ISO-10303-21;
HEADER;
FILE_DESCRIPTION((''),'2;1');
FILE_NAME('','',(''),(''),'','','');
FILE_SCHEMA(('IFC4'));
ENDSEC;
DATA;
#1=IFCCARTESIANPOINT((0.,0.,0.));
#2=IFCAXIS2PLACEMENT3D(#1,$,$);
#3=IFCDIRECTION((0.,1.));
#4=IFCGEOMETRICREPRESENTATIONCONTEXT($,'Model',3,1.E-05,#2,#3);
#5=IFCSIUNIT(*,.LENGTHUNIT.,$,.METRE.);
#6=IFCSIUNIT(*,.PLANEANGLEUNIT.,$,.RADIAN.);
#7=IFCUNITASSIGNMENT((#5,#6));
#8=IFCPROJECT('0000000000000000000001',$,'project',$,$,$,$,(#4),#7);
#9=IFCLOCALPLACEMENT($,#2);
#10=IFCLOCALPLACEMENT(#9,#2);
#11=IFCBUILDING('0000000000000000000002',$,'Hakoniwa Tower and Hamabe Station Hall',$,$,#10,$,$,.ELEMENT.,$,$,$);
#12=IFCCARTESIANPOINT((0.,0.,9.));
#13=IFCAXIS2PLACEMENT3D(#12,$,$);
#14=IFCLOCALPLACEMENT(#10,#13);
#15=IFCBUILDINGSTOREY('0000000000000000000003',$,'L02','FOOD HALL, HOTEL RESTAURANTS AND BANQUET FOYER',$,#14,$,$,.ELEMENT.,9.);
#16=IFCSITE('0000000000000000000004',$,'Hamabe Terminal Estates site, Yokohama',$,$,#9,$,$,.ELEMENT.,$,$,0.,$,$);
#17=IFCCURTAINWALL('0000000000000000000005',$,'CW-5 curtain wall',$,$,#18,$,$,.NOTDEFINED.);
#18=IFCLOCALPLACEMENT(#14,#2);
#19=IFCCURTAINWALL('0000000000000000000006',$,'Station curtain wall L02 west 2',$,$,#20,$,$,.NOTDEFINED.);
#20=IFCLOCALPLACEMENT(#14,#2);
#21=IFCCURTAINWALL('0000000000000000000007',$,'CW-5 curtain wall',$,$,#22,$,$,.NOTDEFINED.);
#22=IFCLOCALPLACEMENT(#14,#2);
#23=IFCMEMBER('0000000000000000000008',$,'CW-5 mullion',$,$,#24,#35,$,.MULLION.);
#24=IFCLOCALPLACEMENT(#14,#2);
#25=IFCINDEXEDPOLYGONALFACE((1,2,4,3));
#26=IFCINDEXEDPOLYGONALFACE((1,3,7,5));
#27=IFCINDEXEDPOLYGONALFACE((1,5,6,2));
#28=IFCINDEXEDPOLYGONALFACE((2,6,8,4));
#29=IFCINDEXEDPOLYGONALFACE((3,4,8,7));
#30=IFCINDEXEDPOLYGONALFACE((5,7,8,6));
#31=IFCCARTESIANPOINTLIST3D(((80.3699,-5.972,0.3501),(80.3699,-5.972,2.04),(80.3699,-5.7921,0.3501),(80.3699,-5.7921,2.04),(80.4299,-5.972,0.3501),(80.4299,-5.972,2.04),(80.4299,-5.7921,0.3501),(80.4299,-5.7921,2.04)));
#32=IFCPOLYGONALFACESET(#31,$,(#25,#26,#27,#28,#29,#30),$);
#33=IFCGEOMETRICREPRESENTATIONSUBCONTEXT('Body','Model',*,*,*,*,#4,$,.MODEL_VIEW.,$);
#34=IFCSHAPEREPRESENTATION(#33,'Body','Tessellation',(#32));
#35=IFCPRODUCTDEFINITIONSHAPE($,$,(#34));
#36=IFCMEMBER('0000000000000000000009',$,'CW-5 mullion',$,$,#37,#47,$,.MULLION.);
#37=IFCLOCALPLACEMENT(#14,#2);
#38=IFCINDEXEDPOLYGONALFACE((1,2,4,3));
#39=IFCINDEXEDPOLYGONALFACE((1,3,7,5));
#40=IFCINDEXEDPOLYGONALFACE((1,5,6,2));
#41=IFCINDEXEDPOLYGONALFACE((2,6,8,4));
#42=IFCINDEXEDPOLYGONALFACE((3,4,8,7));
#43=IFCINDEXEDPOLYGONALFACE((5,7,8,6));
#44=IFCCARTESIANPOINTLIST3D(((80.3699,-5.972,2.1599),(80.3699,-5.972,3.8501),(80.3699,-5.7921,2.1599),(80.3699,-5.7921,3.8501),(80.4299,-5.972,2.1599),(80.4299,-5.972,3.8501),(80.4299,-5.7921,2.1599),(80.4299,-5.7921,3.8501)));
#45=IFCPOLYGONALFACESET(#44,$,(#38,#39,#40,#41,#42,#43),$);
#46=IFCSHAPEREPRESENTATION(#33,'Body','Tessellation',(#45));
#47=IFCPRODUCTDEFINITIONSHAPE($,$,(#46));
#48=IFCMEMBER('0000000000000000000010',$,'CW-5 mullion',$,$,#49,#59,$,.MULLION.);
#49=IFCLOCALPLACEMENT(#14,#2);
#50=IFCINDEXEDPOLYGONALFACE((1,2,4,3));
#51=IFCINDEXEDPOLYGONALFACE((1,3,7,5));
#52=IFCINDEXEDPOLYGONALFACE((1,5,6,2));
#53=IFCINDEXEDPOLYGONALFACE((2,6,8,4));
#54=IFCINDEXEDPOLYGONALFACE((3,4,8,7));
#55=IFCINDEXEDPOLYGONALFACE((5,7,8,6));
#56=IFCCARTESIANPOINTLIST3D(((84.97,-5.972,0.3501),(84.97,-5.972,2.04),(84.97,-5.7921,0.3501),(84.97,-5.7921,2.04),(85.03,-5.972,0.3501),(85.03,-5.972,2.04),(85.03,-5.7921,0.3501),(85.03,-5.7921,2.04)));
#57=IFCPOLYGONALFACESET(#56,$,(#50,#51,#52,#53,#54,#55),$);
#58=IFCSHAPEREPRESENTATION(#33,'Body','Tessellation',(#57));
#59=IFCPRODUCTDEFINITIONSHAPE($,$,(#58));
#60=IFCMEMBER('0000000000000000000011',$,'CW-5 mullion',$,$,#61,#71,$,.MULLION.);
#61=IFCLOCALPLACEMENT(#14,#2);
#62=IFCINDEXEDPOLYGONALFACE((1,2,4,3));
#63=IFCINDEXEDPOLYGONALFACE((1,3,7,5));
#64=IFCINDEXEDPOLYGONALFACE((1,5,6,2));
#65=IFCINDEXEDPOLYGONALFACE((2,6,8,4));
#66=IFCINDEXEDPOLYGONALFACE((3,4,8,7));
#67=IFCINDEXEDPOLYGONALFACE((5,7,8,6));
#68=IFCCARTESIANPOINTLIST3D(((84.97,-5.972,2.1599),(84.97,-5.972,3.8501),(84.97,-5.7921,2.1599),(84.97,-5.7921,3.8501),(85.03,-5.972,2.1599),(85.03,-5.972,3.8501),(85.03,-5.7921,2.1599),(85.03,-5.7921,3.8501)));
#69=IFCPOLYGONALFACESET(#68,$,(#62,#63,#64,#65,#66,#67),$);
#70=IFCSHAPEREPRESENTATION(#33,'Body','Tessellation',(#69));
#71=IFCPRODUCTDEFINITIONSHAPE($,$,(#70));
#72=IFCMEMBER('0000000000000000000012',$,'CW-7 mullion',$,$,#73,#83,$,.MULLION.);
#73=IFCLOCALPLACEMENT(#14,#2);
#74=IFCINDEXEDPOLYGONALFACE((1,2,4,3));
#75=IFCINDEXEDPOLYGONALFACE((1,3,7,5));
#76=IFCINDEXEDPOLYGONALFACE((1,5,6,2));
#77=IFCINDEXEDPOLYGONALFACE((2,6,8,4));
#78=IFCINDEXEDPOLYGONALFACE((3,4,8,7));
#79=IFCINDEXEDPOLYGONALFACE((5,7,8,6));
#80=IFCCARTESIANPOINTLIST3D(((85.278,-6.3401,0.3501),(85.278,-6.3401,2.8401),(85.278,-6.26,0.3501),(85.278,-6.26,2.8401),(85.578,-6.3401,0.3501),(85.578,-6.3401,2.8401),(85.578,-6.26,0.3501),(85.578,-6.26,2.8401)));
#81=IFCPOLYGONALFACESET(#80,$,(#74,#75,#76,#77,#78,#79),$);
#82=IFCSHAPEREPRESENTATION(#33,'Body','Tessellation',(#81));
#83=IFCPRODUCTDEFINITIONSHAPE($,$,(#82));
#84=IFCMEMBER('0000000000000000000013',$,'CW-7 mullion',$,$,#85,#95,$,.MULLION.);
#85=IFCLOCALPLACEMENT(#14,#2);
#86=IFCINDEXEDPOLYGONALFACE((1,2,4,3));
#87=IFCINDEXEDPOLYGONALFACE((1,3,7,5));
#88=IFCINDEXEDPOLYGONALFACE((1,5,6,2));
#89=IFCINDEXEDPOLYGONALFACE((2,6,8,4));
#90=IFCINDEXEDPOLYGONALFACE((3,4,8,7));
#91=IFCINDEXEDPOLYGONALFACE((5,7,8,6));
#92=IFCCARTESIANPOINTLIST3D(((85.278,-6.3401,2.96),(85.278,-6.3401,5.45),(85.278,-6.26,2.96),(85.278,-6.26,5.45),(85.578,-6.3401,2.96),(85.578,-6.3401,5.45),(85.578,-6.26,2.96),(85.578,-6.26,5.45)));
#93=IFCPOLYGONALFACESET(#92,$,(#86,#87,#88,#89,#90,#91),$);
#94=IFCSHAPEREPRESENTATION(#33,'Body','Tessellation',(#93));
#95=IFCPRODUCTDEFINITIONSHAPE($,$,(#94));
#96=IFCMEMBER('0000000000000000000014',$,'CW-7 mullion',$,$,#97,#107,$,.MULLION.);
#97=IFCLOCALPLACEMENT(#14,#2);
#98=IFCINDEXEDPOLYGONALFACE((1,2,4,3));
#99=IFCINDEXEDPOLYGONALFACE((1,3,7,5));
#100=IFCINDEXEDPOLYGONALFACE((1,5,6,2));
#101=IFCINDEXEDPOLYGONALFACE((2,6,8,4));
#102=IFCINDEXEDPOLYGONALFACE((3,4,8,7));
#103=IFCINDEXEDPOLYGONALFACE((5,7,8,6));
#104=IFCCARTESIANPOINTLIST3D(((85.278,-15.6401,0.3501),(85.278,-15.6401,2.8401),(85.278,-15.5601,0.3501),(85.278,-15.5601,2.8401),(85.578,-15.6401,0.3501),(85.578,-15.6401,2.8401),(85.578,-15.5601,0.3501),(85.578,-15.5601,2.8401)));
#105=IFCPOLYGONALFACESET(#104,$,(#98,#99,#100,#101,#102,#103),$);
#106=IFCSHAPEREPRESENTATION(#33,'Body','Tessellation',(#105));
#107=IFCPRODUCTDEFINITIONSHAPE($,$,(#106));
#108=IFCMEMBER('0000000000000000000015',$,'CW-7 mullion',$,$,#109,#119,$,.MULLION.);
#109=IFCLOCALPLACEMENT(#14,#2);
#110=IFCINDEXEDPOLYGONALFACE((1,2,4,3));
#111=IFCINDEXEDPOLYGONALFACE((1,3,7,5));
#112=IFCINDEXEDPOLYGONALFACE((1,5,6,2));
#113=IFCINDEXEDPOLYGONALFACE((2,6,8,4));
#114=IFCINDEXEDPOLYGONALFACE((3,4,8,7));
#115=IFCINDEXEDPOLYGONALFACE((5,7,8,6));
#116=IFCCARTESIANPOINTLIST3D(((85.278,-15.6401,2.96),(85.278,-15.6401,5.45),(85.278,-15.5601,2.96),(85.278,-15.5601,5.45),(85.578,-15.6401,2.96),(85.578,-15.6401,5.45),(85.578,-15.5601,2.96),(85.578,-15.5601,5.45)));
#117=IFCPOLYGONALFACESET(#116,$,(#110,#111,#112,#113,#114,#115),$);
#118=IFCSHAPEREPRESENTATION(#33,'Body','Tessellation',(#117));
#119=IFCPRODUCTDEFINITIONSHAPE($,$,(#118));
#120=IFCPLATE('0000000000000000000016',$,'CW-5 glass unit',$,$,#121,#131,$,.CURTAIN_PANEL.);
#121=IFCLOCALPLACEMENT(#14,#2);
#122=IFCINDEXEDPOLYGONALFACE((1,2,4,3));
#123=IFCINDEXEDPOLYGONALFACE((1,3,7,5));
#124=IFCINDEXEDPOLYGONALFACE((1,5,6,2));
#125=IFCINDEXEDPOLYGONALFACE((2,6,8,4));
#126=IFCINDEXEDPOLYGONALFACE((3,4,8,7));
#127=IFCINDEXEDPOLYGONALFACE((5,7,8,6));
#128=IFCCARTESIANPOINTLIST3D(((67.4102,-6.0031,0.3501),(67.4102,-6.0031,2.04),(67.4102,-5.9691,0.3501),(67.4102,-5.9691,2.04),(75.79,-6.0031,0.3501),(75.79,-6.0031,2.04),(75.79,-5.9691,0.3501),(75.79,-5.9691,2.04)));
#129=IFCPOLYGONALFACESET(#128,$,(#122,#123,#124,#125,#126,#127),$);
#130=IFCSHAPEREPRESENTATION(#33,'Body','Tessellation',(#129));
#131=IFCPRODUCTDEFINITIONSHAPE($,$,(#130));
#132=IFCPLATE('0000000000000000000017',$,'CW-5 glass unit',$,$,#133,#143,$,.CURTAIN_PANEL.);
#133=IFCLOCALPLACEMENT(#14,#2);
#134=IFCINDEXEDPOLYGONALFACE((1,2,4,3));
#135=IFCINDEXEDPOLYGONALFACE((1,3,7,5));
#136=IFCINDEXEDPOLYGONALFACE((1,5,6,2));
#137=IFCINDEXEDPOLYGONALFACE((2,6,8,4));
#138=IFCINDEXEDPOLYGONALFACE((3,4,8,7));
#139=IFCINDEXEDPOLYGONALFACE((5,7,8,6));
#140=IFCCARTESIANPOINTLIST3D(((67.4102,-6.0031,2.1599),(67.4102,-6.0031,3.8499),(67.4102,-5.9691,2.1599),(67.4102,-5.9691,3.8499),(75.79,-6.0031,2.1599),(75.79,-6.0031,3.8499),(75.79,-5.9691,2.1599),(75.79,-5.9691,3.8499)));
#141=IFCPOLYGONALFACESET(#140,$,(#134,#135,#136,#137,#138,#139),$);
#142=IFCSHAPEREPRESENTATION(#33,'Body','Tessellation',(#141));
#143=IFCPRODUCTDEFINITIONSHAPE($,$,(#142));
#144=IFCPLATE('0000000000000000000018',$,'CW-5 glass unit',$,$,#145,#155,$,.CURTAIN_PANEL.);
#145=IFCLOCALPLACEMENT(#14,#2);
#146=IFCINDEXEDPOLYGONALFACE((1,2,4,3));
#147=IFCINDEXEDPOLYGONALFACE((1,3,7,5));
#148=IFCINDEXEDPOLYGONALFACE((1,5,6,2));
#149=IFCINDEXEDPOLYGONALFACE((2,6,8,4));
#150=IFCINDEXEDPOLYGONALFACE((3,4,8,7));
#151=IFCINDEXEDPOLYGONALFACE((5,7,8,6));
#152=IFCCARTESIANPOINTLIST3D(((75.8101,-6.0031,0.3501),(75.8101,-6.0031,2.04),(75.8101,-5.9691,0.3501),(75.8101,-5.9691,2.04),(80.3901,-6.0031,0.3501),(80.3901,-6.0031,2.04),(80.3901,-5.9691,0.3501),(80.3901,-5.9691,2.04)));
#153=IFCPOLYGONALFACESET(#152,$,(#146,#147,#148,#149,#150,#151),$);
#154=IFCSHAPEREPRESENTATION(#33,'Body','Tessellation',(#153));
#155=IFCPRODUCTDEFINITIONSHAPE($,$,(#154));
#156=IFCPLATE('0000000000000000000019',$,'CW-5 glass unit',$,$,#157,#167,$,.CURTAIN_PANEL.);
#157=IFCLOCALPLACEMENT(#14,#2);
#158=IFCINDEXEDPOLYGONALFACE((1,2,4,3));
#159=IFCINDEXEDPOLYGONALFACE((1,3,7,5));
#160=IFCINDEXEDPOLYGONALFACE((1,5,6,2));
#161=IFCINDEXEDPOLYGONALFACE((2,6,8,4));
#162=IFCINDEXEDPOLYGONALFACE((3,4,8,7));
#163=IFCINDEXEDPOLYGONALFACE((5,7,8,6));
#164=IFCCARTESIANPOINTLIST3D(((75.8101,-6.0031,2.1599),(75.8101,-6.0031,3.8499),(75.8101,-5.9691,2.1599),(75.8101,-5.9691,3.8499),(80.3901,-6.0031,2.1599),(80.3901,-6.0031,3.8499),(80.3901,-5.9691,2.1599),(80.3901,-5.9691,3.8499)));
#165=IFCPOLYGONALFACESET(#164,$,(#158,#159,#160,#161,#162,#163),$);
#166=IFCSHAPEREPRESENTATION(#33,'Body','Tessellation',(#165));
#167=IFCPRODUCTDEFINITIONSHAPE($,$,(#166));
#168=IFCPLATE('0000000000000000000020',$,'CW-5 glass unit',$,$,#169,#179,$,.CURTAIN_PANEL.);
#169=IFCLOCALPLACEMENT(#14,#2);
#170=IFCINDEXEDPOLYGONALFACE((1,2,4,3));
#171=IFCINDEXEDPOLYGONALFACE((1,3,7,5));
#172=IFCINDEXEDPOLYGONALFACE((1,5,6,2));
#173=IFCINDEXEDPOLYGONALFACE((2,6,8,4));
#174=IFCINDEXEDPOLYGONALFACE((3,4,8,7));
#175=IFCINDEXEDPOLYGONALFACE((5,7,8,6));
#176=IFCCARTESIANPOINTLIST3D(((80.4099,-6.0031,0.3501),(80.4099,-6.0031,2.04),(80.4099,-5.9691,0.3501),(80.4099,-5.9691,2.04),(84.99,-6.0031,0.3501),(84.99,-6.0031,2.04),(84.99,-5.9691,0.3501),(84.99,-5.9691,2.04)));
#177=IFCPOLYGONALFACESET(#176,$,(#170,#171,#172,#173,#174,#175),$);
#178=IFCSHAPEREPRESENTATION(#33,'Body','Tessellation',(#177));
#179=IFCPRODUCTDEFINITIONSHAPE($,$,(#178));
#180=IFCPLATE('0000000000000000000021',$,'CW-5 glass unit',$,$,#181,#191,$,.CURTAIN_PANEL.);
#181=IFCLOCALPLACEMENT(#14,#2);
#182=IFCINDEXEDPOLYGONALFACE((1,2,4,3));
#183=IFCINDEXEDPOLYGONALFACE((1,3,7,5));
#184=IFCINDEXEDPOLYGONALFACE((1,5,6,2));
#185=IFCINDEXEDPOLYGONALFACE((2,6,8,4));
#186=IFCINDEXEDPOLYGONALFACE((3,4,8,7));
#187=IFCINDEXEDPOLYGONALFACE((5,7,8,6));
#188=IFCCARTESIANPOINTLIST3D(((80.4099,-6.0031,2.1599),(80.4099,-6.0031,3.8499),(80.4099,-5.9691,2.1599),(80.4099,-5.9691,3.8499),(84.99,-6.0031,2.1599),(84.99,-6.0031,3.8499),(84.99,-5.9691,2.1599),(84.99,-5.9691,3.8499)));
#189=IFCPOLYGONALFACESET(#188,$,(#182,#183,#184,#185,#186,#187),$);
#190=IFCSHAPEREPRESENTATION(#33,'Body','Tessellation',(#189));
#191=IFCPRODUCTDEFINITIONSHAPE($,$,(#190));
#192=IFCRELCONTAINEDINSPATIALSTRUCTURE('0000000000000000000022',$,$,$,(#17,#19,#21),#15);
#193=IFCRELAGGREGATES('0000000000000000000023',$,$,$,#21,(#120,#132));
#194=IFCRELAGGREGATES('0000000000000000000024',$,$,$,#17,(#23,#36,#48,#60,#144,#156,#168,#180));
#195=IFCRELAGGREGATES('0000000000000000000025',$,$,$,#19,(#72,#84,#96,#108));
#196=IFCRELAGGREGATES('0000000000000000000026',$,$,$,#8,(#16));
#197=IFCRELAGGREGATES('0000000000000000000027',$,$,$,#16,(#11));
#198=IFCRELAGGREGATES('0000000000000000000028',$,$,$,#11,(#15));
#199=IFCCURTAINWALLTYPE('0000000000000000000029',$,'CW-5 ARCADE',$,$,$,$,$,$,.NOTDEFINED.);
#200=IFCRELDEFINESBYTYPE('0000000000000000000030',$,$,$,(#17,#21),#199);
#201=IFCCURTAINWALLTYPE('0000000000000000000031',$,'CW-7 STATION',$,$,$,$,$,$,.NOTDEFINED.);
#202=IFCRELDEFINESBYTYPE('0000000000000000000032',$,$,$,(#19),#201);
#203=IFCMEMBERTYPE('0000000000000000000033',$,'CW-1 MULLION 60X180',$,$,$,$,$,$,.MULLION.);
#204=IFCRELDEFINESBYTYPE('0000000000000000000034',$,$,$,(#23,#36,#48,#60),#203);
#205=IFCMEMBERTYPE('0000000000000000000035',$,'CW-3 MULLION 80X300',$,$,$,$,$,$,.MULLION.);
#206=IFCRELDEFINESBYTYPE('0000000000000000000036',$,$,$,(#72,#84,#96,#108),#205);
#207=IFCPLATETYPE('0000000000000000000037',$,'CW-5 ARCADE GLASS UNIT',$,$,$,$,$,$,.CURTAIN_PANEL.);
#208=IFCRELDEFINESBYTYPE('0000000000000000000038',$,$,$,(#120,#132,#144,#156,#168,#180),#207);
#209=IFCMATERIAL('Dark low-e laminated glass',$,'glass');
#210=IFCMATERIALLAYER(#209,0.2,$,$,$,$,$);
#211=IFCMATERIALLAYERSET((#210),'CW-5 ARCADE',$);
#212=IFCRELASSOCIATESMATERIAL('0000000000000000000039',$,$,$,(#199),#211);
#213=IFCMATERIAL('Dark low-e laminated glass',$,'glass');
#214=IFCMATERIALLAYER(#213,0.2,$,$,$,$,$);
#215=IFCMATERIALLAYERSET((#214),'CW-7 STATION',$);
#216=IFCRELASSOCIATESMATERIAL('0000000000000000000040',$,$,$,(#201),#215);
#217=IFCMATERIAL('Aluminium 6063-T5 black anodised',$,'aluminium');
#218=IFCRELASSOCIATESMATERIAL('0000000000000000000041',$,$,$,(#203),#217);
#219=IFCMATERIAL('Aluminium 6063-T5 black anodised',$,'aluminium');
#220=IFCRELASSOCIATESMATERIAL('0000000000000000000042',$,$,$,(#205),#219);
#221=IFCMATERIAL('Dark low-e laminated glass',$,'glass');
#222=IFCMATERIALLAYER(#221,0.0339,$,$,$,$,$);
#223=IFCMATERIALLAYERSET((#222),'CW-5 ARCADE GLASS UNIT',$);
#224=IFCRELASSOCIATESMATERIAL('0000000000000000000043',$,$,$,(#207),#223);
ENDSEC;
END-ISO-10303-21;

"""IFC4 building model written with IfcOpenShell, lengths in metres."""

from ifc_helpers import new_model, si_unit, direction, frame, origin, origin_2d, place, context, subcontext, project, spatial, rectangle, extrude, material, layer, layer_set, material_profile, profile_set, type_object, element, aggregate, save


model = new_model("IFC4")

# Units and contexts
model_context = context("Model", 3, precision=1e-05, world=origin(), true_north=direction((0.0, 1.0)))
body_context = subcontext(model_context, "Body", "Model", "MODEL_VIEW")
ifc_project = project(units=[si_unit("LENGTHUNIT", "METRE"), si_unit("PLANEANGLEUNIT", "RADIAN")], contexts=[model_context])

# Site, building, storey
site_placement = place(None, origin())
site = spatial("IfcSite", under=ifc_project, at=site_placement, Name="Hamabe Terminal Estates site, Yokohama", CompositionType="ELEMENT", RefElevation=0.0)
building_placement = place(site_placement, origin())
building = spatial("IfcBuilding", under=site, at=building_placement, Name="Hakoniwa Tower and Hamabe Station Hall", CompositionType="ELEMENT")
storey_placement = place(building_placement, frame((0.0, 0.0, 9.0)))
storey = spatial("IfcBuildingStorey", under=building, at=storey_placement, Name="L02", Description="FOOD HALL, HOTEL RESTAURANTS AND BANQUET FOYER", CompositionType="ELEMENT", Elevation=9.0)

# Curtain wall
ifc_material_1 = material(Name="Dark low-e laminated glass", Category="glass")
ifc_layer_1 = layer(ifc_material_1, 0.2)
ifc_layer_set_1 = layer_set([ifc_layer_1], Name="CW-5 ARCADE")
curtain_wall_type_1 = type_object("IfcCurtainWallType", Name="CW-5 ARCADE", PredefinedType="NOTDEFINED", material=ifc_layer_set_1)
curtain_wall_1_placement = place(storey_placement, origin())
curtain_wall_1 = element("IfcCurtainWall", 1, at=curtain_wall_1_placement, inside=storey, type_object=curtain_wall_type_1, Name="CW-5 curtain wall", PredefinedType="NOTDEFINED")

# Curtain wall
ifc_material_2 = material(Name="Dark low-e laminated glass", Category="glass")
ifc_layer_2 = layer(ifc_material_2, 0.2)
ifc_layer_set_2 = layer_set([ifc_layer_2], Name="CW-7 STATION")
curtain_wall_type_2 = type_object("IfcCurtainWallType", Name="CW-7 STATION", PredefinedType="NOTDEFINED", material=ifc_layer_set_2)
curtain_wall_2_placement = place(storey_placement, origin())
curtain_wall_2 = element("IfcCurtainWall", 2, at=curtain_wall_2_placement, inside=storey, type_object=curtain_wall_type_2, Name="Station curtain wall L02 west 2", PredefinedType="NOTDEFINED")

# Curtain wall
curtain_wall_3_placement = place(storey_placement, origin())
curtain_wall_3 = element("IfcCurtainWall", 3, at=curtain_wall_3_placement, inside=storey, type_object=curtain_wall_type_1, Name="CW-5 curtain wall", PredefinedType="NOTDEFINED")
ifc_material_3 = material(Name="Aluminium 6063-T5 black anodised", Category="aluminium")
ifc_material_profile_1 = material_profile(ifc_material_3, rectangle(XDim=0.0601, YDim=0.1799, at=origin_2d()), Name="CW-1 MULLION 60X180")
ifc_profile_set_1 = profile_set([ifc_material_profile_1], Name="Aluminium 6063-T5 black anodised")
member_type_1 = type_object("IfcMemberType", Name="CW-1 MULLION 60X180", PredefinedType="MULLION", material=ifc_profile_set_1)

# Members
member_1_placement = place(storey_placement, frame((80.3999, -5.8821, 0.3501), z_axis=(0.0, 0.0, 1.0), x_axis=(1.0, 0.0, 0.0)))
member_1 = element("IfcMember", 4, at=member_1_placement, type_object=member_type_1, Name="CW-5 mullion", PredefinedType="MULLION", context=body_context, shape_type="SweptSolid", body=[
    extrude(rectangle(XDim=0.0601, YDim=0.1799, at=origin_2d()), origin(), (0.0, 0.0, 1.0), 1.6899),
])
member_2_placement = place(storey_placement, frame((80.3999, -5.8821, 2.1599), z_axis=(0.0, 0.0, 1.0), x_axis=(1.0, 0.0, 0.0)))
member_2 = element("IfcMember", 5, at=member_2_placement, type_object=member_type_1, Name="CW-5 mullion", PredefinedType="MULLION", context=body_context, shape_type="SweptSolid", body=[
    extrude(rectangle(XDim=0.0601, YDim=0.1799, at=origin_2d()), origin(), (0.0, 0.0, 1.0), 1.6902),
])
member_3_placement = place(storey_placement, frame((85.0, -5.8821, 0.3501), z_axis=(0.0, 0.0, 1.0), x_axis=(1.0, 0.0, 0.0)))
member_3 = element("IfcMember", 6, at=member_3_placement, type_object=member_type_1, Name="CW-5 mullion", PredefinedType="MULLION", context=body_context, shape_type="SweptSolid", body=[
    extrude(rectangle(XDim=0.0601, YDim=0.1799, at=origin_2d()), origin(), (0.0, 0.0, 1.0), 1.6899),
])
member_4_placement = place(storey_placement, frame((85.0, -5.8821, 2.1599), z_axis=(0.0, 0.0, 1.0), x_axis=(1.0, 0.0, 0.0)))
member_4 = element("IfcMember", 7, at=member_4_placement, type_object=member_type_1, Name="CW-5 mullion", PredefinedType="MULLION", context=body_context, shape_type="SweptSolid", body=[
    extrude(rectangle(XDim=0.0601, YDim=0.1799, at=origin_2d()), origin(), (0.0, 0.0, 1.0), 1.6902),
])
ifc_material_4 = material(Name="Aluminium 6063-T5 black anodised", Category="aluminium")
ifc_material_profile_2 = material_profile(ifc_material_4, rectangle(XDim=0.0801, YDim=0.3, at=origin_2d()), Name="CW-3 MULLION 80X300")
ifc_profile_set_2 = profile_set([ifc_material_profile_2], Name="Aluminium 6063-T5 black anodised")
member_type_2 = type_object("IfcMemberType", Name="CW-3 MULLION 80X300", PredefinedType="MULLION", material=ifc_profile_set_2)
member_5_placement = place(storey_placement, frame((85.428, -6.3, 0.3501), z_axis=(0.0, 0.0, 1.0), x_axis=(0.0, -1.0, 0.0)))
member_5 = element("IfcMember", 8, at=member_5_placement, type_object=member_type_2, Name="CW-7 mullion", PredefinedType="MULLION", context=body_context, shape_type="SweptSolid", body=[
    extrude(rectangle(XDim=0.0801, YDim=0.3, at=origin_2d()), origin(), (0.0, 0.0, 1.0), 2.49),
])
member_6_placement = place(storey_placement, frame((85.428, -6.3, 2.96), z_axis=(0.0, 0.0, 1.0), x_axis=(0.0, -1.0, 0.0)))
member_6 = element("IfcMember", 9, at=member_6_placement, type_object=member_type_2, Name="CW-7 mullion", PredefinedType="MULLION", context=body_context, shape_type="SweptSolid", body=[
    extrude(rectangle(XDim=0.0801, YDim=0.3, at=origin_2d()), origin(), (0.0, 0.0, 1.0), 2.49),
])
member_7_placement = place(storey_placement, frame((85.428, -15.6001, 0.3501), z_axis=(0.0, 0.0, 1.0), x_axis=(0.0, -1.0, 0.0)))
member_7 = element("IfcMember", 10, at=member_7_placement, type_object=member_type_2, Name="CW-7 mullion", PredefinedType="MULLION", context=body_context, shape_type="SweptSolid", body=[
    extrude(rectangle(XDim=0.0801, YDim=0.3, at=origin_2d()), origin(), (0.0, 0.0, 1.0), 2.49),
])
member_8_placement = place(storey_placement, frame((85.428, -15.6001, 2.96), z_axis=(0.0, 0.0, 1.0), x_axis=(0.0, -1.0, 0.0)))
member_8 = element("IfcMember", 11, at=member_8_placement, type_object=member_type_2, Name="CW-7 mullion", PredefinedType="MULLION", context=body_context, shape_type="SweptSolid", body=[
    extrude(rectangle(XDim=0.0801, YDim=0.3, at=origin_2d()), origin(), (0.0, 0.0, 1.0), 2.49),
])

# Plates
ifc_material_5 = material(Name="Dark low-e laminated glass", Category="glass")
ifc_layer_3 = layer(ifc_material_5, 0.0339)
ifc_layer_set_3 = layer_set([ifc_layer_3], Name="CW-5 ARCADE GLASS UNIT")
plate_type_1 = type_object("IfcPlateType", Name="CW-5 ARCADE GLASS UNIT", PredefinedType="CURTAIN_PANEL", material=ifc_layer_set_3)
plate_1_placement = place(storey_placement, frame((71.6001, -5.9861, 0.3501), z_axis=(0.0, 0.0, 1.0), x_axis=(1.0, 0.0, 0.0)))
plate_1 = element("IfcPlate", 12, at=plate_1_placement, type_object=plate_type_1, Name="CW-5 glass unit", PredefinedType="CURTAIN_PANEL", context=body_context, shape_type="SweptSolid", body=[
    extrude(rectangle(XDim=8.3799, YDim=0.0339, at=origin_2d()), origin(), (0.0, 0.0, 1.0), 1.6899),
])
plate_2_placement = place(storey_placement, frame((71.6001, -5.9861, 2.1599), z_axis=(0.0, 0.0, 1.0), x_axis=(1.0, 0.0, 0.0)))
plate_2 = element("IfcPlate", 13, at=plate_2_placement, type_object=plate_type_1, Name="CW-5 glass unit", PredefinedType="CURTAIN_PANEL", context=body_context, shape_type="SweptSolid", body=[
    extrude(rectangle(XDim=8.3799, YDim=0.0339, at=origin_2d()), origin(), (0.0, 0.0, 1.0), 1.6899),
])
aggregate(curtain_wall_3, [plate_1, plate_2])
plate_3_placement = place(storey_placement, frame((78.1001, -5.9861, 0.3501), z_axis=(0.0, 0.0, 1.0), x_axis=(1.0, 0.0, 0.0)))
plate_3 = element("IfcPlate", 14, at=plate_3_placement, type_object=plate_type_1, Name="CW-5 glass unit", PredefinedType="CURTAIN_PANEL", context=body_context, shape_type="SweptSolid", body=[
    extrude(rectangle(XDim=4.5801, YDim=0.0339, at=origin_2d()), origin(), (0.0, 0.0, 1.0), 1.6899),
])
plate_4_placement = place(storey_placement, frame((78.1001, -5.9861, 2.1599), z_axis=(0.0, 0.0, 1.0), x_axis=(1.0, 0.0, 0.0)))
plate_4 = element("IfcPlate", 15, at=plate_4_placement, type_object=plate_type_1, Name="CW-5 glass unit", PredefinedType="CURTAIN_PANEL", context=body_context, shape_type="SweptSolid", body=[
    extrude(rectangle(XDim=4.5801, YDim=0.0339, at=origin_2d()), origin(), (0.0, 0.0, 1.0), 1.6899),
])
plate_5_placement = place(storey_placement, frame((82.7, -5.9861, 0.3501), z_axis=(0.0, 0.0, 1.0), x_axis=(1.0, 0.0, 0.0)))
plate_5 = element("IfcPlate", 16, at=plate_5_placement, type_object=plate_type_1, Name="CW-5 glass unit", PredefinedType="CURTAIN_PANEL", context=body_context, shape_type="SweptSolid", body=[
    extrude(rectangle(XDim=4.5801, YDim=0.0339, at=origin_2d()), origin(), (0.0, 0.0, 1.0), 1.6899),
])
plate_6_placement = place(storey_placement, frame((82.7, -5.9861, 2.1599), z_axis=(0.0, 0.0, 1.0), x_axis=(1.0, 0.0, 0.0)))
plate_6 = element("IfcPlate", 17, at=plate_6_placement, type_object=plate_type_1, Name="CW-5 glass unit", PredefinedType="CURTAIN_PANEL", context=body_context, shape_type="SweptSolid", body=[
    extrude(rectangle(XDim=4.5801, YDim=0.0339, at=origin_2d()), origin(), (0.0, 0.0, 1.0), 1.6899),
])
aggregate(curtain_wall_1, [member_1, member_2, member_3, member_4, plate_3, plate_4, plate_5, plate_6])
aggregate(curtain_wall_2, [member_5, member_6, member_7, member_8])

save(model, "model.ifc")
